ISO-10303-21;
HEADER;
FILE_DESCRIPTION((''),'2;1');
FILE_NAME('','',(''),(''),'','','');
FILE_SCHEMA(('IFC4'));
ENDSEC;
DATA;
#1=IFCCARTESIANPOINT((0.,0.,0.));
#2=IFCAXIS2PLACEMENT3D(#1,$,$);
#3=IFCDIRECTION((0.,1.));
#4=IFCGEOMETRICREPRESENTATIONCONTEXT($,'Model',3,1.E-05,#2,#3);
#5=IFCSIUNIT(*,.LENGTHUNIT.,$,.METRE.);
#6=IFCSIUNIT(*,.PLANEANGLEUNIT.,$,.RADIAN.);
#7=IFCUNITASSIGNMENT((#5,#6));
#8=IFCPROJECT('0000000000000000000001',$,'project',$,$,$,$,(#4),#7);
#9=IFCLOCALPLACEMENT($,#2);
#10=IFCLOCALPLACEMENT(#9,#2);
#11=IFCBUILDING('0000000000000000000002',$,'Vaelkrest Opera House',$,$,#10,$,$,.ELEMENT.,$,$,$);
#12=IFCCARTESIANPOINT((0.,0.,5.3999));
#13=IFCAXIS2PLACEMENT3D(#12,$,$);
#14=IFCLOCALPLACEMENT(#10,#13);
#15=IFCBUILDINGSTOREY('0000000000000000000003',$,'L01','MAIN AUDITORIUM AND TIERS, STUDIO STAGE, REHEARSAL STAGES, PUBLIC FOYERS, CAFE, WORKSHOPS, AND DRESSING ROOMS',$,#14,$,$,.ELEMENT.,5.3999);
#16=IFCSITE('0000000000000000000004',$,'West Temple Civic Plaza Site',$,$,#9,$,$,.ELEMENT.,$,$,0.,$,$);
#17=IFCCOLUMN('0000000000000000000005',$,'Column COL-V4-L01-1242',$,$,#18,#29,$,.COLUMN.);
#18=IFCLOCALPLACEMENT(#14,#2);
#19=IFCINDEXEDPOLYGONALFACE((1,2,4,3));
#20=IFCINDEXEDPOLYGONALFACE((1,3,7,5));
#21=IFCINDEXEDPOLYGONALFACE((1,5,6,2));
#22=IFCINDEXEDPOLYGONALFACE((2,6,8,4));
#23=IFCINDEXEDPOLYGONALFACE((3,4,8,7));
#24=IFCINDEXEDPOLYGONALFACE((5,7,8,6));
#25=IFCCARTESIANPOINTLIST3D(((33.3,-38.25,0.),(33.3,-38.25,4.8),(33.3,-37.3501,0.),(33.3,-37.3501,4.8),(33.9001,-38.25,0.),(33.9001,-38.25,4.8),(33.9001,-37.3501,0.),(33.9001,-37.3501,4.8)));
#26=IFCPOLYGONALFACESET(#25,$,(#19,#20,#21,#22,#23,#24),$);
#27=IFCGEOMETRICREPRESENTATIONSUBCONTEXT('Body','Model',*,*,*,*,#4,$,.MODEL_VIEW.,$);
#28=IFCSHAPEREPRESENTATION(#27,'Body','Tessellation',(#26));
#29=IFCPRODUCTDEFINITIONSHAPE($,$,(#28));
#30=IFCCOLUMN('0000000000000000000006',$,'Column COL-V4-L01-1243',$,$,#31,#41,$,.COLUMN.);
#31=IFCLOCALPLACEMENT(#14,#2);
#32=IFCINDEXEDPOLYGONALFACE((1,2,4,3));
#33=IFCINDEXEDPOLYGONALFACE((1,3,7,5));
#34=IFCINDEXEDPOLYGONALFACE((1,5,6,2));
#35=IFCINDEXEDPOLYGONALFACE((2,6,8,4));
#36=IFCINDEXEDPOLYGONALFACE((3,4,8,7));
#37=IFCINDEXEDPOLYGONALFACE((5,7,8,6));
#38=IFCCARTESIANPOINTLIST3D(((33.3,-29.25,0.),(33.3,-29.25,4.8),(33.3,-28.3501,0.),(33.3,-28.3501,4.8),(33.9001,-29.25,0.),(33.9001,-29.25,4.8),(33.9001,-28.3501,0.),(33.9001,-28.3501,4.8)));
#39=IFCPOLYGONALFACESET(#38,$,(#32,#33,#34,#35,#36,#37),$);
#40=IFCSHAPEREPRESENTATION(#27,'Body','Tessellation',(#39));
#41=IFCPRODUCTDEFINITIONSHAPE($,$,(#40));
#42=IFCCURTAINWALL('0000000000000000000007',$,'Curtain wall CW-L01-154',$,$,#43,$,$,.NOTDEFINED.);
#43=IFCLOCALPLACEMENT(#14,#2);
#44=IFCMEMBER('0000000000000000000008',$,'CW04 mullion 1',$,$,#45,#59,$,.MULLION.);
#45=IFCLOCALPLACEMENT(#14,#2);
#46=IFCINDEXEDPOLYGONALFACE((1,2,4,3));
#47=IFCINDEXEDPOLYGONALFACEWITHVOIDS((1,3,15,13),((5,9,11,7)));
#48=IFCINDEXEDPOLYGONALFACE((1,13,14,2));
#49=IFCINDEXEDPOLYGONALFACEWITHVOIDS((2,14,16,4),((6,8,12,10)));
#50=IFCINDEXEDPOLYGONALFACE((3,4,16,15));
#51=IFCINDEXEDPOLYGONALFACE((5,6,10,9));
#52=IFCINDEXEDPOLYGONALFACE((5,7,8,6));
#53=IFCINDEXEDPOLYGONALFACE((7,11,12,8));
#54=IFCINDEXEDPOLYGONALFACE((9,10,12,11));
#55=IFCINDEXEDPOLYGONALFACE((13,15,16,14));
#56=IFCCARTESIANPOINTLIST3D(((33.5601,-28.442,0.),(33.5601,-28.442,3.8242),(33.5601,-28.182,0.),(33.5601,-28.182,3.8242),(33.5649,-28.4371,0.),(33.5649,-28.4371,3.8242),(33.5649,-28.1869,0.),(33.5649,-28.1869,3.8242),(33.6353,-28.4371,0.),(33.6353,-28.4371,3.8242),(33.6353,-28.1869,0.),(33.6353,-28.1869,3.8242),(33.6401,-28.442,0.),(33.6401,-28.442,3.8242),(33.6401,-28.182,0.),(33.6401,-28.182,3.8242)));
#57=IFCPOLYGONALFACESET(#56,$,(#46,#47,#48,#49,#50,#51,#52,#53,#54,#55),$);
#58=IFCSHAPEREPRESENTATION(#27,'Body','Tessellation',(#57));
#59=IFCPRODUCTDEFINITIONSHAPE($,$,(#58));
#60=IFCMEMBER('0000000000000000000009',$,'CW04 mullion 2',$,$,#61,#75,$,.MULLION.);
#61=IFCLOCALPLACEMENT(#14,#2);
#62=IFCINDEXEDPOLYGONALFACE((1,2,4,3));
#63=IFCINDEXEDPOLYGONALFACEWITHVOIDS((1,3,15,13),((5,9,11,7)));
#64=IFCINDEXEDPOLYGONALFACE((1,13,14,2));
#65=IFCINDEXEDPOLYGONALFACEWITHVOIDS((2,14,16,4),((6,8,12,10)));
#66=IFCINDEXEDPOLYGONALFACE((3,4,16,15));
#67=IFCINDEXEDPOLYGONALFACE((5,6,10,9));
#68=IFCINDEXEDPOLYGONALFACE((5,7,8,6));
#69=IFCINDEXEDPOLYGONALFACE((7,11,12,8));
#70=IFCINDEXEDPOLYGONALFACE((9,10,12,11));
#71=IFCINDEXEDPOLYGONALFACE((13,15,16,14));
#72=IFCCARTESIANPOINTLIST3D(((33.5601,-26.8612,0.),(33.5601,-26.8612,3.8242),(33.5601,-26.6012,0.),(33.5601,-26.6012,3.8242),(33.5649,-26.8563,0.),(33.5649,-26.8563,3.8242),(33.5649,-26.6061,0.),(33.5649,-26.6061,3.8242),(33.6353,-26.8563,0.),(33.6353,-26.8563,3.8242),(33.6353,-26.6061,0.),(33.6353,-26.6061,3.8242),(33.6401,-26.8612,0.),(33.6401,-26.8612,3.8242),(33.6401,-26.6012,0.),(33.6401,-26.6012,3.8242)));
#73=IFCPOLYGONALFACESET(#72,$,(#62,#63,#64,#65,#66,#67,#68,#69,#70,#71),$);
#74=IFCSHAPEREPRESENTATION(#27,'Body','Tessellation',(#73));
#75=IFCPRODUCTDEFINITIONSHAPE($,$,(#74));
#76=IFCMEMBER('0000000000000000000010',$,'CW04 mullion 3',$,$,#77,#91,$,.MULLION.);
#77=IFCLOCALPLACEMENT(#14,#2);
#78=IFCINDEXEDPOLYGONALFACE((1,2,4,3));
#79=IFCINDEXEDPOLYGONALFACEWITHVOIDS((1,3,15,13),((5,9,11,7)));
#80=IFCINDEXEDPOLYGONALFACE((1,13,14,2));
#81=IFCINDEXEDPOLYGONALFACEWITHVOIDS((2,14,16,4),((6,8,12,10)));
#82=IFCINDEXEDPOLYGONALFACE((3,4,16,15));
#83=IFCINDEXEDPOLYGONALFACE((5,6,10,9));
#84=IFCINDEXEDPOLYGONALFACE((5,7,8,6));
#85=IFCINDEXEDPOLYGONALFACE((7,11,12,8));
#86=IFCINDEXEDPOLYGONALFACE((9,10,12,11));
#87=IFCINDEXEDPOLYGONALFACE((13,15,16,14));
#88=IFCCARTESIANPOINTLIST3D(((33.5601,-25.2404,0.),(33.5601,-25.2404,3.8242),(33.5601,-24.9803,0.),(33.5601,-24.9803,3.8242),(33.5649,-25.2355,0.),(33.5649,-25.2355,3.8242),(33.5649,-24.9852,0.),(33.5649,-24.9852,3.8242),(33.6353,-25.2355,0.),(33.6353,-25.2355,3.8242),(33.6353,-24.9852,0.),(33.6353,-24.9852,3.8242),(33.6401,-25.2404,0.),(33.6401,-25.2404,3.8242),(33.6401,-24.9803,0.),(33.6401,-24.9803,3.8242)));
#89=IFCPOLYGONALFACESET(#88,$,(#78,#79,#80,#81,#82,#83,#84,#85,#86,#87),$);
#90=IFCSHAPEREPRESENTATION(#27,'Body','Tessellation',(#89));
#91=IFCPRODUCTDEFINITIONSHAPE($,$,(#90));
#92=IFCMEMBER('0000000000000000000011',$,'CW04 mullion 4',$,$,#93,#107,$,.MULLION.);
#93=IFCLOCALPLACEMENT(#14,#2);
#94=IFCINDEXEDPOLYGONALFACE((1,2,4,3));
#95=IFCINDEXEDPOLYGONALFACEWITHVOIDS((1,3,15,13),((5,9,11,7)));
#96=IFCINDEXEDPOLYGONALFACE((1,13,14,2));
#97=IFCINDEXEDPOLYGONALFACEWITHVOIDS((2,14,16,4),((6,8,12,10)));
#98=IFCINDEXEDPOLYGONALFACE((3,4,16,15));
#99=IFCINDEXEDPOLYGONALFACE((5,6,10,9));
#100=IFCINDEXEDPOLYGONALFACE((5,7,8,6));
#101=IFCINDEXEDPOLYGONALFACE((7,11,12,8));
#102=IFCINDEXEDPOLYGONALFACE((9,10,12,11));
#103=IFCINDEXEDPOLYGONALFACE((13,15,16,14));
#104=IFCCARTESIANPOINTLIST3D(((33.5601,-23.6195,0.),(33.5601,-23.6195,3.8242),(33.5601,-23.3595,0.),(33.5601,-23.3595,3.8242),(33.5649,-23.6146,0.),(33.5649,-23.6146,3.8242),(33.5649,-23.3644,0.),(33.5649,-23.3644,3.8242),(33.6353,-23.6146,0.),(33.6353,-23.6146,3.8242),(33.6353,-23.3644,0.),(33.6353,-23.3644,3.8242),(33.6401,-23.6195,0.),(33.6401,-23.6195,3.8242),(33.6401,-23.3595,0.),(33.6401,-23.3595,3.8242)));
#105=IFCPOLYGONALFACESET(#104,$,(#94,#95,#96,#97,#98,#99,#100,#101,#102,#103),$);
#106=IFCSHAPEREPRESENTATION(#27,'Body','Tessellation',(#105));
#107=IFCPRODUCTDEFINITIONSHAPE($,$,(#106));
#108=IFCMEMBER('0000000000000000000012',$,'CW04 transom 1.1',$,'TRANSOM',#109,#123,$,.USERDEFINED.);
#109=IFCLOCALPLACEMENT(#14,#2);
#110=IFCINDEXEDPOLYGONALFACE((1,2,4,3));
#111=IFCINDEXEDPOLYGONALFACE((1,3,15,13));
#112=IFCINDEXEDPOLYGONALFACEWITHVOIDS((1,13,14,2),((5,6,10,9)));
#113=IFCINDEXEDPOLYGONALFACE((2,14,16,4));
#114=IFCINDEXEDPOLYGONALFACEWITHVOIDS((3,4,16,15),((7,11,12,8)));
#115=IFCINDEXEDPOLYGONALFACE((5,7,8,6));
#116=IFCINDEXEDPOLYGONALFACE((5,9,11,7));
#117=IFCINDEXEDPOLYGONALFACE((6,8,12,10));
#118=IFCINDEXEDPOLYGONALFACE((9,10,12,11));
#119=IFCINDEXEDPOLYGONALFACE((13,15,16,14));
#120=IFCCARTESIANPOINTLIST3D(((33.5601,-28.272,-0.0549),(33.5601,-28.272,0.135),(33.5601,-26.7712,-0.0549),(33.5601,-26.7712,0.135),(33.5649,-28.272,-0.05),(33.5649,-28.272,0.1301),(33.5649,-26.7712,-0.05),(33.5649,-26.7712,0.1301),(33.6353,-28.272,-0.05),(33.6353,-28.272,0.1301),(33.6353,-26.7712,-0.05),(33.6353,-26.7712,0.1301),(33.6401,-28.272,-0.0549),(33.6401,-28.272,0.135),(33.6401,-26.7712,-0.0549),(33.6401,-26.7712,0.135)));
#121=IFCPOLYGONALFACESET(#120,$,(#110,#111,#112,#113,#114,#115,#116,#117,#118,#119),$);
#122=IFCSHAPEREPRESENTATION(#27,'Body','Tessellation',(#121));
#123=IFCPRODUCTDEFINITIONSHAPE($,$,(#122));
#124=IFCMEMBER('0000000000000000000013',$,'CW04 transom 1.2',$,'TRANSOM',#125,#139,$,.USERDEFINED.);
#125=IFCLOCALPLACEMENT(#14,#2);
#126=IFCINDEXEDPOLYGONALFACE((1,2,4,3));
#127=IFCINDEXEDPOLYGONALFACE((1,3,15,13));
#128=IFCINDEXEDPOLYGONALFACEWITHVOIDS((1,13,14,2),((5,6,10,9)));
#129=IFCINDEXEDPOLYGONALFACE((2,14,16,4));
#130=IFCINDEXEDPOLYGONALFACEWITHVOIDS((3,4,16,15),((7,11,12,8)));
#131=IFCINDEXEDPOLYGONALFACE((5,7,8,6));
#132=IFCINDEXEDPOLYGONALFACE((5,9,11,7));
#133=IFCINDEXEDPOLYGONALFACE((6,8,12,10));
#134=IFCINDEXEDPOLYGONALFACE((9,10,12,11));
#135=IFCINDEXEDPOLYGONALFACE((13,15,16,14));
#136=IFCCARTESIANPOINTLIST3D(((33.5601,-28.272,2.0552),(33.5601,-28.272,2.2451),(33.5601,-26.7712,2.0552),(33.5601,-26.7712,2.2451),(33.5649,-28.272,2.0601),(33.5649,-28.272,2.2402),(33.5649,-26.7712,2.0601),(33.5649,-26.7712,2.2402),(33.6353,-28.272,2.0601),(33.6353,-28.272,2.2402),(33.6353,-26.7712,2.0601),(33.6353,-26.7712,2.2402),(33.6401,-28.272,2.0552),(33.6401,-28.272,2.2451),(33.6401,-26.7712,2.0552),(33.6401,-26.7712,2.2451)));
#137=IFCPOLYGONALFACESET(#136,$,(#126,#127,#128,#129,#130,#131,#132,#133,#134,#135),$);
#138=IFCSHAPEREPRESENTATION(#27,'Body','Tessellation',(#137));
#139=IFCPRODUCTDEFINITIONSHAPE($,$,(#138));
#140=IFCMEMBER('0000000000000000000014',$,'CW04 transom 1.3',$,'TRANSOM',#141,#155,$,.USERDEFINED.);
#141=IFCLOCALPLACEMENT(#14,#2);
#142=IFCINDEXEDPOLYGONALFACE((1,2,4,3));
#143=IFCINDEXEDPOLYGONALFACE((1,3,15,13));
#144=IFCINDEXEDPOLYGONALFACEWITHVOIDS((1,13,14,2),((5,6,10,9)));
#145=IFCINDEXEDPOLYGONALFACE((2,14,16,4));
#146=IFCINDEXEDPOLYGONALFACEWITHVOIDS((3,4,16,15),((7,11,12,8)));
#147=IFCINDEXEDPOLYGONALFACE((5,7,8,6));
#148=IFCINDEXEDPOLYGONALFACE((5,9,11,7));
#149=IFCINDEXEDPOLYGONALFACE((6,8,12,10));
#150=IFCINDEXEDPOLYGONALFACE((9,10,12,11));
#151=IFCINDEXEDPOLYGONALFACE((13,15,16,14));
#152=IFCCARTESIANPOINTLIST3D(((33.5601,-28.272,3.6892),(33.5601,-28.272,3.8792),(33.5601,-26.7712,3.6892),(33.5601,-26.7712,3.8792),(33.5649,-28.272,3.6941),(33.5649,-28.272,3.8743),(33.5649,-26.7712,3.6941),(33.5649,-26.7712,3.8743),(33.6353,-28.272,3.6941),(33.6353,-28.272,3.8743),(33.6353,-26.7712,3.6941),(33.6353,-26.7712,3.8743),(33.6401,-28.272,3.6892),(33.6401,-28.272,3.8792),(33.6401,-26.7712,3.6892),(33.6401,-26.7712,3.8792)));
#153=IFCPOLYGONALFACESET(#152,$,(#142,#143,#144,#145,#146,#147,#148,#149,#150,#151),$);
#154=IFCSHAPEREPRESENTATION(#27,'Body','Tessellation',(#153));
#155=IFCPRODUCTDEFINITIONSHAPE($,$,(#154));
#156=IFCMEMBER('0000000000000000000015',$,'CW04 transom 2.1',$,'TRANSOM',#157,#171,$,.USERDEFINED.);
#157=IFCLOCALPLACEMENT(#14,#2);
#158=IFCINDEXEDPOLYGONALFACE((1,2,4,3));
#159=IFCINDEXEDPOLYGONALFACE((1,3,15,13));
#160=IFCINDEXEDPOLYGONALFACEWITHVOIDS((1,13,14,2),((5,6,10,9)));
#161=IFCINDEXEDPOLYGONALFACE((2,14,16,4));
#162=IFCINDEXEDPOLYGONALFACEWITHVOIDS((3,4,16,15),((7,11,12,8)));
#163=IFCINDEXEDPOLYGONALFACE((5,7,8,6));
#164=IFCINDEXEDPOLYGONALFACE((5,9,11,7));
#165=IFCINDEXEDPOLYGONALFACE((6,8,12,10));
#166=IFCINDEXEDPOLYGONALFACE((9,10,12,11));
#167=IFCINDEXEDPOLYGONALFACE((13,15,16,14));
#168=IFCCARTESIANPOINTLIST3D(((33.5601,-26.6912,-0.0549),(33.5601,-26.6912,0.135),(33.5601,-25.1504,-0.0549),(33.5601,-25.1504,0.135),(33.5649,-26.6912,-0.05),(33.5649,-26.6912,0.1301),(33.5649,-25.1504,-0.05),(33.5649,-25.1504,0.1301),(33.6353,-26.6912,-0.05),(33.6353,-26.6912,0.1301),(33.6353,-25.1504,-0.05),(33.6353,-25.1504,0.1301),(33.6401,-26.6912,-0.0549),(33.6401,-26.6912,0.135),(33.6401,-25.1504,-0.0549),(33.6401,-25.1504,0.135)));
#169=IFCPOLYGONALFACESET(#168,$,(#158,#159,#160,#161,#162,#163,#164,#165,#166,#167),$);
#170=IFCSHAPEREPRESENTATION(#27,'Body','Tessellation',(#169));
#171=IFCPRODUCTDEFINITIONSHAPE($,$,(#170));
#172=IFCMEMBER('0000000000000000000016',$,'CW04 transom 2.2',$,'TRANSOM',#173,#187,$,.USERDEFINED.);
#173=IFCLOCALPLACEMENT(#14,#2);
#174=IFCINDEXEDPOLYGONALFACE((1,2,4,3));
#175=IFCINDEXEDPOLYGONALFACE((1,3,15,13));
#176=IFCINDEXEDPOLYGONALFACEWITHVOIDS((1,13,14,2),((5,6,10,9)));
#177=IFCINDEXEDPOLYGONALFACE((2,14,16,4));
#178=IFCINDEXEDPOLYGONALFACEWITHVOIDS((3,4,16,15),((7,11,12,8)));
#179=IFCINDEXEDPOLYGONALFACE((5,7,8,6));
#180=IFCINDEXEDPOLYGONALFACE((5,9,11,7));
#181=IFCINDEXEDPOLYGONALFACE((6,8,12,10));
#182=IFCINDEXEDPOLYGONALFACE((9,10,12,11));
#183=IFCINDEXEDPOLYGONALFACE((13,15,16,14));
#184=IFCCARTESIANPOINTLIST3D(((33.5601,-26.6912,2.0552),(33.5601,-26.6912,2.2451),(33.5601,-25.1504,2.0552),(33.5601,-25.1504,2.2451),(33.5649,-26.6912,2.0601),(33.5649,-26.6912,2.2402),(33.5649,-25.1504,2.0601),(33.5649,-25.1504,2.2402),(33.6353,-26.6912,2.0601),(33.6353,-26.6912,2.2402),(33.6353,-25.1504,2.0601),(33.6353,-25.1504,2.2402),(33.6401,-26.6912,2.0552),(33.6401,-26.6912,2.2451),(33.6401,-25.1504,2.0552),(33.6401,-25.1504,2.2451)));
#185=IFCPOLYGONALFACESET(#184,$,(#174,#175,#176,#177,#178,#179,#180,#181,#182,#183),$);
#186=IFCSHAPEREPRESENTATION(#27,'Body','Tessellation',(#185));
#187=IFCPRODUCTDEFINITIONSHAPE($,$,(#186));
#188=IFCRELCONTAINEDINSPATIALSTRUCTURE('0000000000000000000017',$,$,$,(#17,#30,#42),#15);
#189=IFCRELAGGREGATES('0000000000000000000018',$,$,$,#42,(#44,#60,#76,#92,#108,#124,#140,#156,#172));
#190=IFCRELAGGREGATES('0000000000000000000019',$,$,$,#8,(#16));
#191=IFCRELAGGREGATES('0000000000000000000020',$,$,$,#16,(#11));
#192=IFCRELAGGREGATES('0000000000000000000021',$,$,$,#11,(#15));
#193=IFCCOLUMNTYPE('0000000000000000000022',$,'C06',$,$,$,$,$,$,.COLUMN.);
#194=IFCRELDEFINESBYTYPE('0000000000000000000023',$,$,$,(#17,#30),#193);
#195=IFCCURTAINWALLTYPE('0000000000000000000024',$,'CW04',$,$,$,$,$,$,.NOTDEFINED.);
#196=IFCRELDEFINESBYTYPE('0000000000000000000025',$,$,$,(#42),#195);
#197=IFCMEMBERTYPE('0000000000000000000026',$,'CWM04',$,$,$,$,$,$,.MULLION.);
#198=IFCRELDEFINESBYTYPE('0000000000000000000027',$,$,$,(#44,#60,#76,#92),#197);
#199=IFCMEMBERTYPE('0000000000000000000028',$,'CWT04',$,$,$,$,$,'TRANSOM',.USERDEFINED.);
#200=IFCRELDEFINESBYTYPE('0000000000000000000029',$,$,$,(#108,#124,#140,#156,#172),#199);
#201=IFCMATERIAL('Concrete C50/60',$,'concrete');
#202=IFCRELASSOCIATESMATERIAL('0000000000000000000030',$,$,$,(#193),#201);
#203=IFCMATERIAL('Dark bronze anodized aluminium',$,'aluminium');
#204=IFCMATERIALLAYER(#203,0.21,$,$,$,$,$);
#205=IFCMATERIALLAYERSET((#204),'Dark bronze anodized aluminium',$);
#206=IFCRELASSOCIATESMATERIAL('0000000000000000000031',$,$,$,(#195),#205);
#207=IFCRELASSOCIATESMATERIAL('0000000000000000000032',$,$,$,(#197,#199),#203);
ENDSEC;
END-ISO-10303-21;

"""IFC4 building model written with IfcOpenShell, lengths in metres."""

from ifc_helpers import new_model, si_unit, direction, frame, origin, origin_2d, place, context, subcontext, project, spatial, rectangle, hollow_rectangle, extrude, material, layer, layer_set, material_profile, profile_set, type_object, element, aggregate, save


model = new_model("IFC4")

# Units and contexts
model_context = context("Model", 3, precision=1e-05, world=origin(), true_north=direction((0.0, 1.0)))
body_context = subcontext(model_context, "Body", "Model", "MODEL_VIEW")
ifc_project = project(units=[si_unit("LENGTHUNIT", "METRE"), si_unit("PLANEANGLEUNIT", "RADIAN")], contexts=[model_context])

# Site, building, storey
site_placement = place(None, origin())
site = spatial("IfcSite", under=ifc_project, at=site_placement, Name="West Temple Civic Plaza Site", CompositionType="ELEMENT", RefElevation=0.0)
building_placement = place(site_placement, origin())
building = spatial("IfcBuilding", under=site, at=building_placement, Name="Vaelkrest Opera House", CompositionType="ELEMENT")
storey_placement = place(building_placement, frame((0.0, 0.0, 5.3999)))
storey = spatial("IfcBuildingStorey", under=building, at=storey_placement, Name="L01", Description="MAIN AUDITORIUM AND TIERS, STUDIO STAGE, REHEARSAL STAGES, PUBLIC FOYERS, CAFE, WORKSHOPS, AND DRESSING ROOMS", CompositionType="ELEMENT", Elevation=5.3999)

# Columns
ifc_material_1 = material(Name="Concrete C50/60", Category="concrete")
ifc_material_profile_1 = material_profile(ifc_material_1, rectangle(XDim=0.6001, YDim=0.8999, at=origin_2d()), Name="RC600X900")
ifc_profile_set_1 = profile_set([ifc_material_profile_1], Name="Concrete C50/60")
column_type = type_object("IfcColumnType", Name="C06", PredefinedType="COLUMN", material=ifc_profile_set_1)
for number, where, z_axis, x_axis, name in (
    (1, (33.6001, -37.8, 0.0), (0.0, 0.0, 1.0), (1.0, 0.0, 0.0), "Column COL-V4-L01-1242"),
    (2, (33.6001, -28.8, 0.0), (0.0, 0.0, 1.0), (1.0, 0.0, 0.0), "Column COL-V4-L01-1243"),
):
    element("IfcColumn", number, at=place(storey_placement, frame(where, z_axis=z_axis, x_axis=x_axis)), inside=storey, type_object=column_type, Name=name, PredefinedType="COLUMN", context=body_context, shape_type="SweptSolid", body=[
        extrude(rectangle(XDim=0.6001, YDim=0.8999, at=origin_2d()), origin(), (0.0, 0.0, 1.0), 4.8),
    ])

# Curtain wall, members
ifc_material_2 = material(Name="Dark bronze anodized aluminium", Category="aluminium")
ifc_layer_1 = layer(ifc_material_2, 0.21)
ifc_layer_set_1 = layer_set([ifc_layer_1], Name="Dark bronze anodized aluminium")
curtain_wall_type = type_object("IfcCurtainWallType", Name="CW04", PredefinedType="NOTDEFINED", material=ifc_layer_set_1)
curtain_wall_placement = place(storey_placement, origin())
curtain_wall = element("IfcCurtainWall", 3, at=curtain_wall_placement, inside=storey, type_object=curtain_wall_type, Name="Curtain wall CW-L01-154", PredefinedType="NOTDEFINED")
ifc_material_profile_2 = material_profile(ifc_material_2, hollow_rectangle(XDim=0.0801, YDim=0.26, WallThickness=0.0049, at=origin_2d()), Name="CWM80X260")
ifc_profile_set_2 = profile_set([ifc_material_profile_2], Name="Dark bronze anodized aluminium")
member_type_1 = type_object("IfcMemberType", Name="CWM04", PredefinedType="MULLION", material=ifc_profile_set_2)
member_1_placement = place(storey_placement, frame((33.6001, -28.312, 0.0), z_axis=(0.0, 0.0, 1.0), x_axis=(-1.0, 0.0, 0.0)))
member_1 = element("IfcMember", 4, at=member_1_placement, type_object=member_type_1, Name="CW04 mullion 1", PredefinedType="MULLION", context=body_context, shape_type="SweptSolid", body=[
    extrude(hollow_rectangle(XDim=0.0801, YDim=0.26, WallThickness=0.0049, at=origin_2d()), origin(), (0.0, 0.0, 1.0), 3.8242),
])
member_2_placement = place(storey_placement, frame((33.6001, -26.7312, 0.0), z_axis=(0.0, 0.0, 1.0), x_axis=(-1.0, 0.0, 0.0)))
member_2 = element("IfcMember", 5, at=member_2_placement, type_object=member_type_1, Name="CW04 mullion 2", PredefinedType="MULLION", context=body_context, shape_type="SweptSolid", body=[
    extrude(hollow_rectangle(XDim=0.0801, YDim=0.26, WallThickness=0.0049, at=origin_2d()), origin(), (0.0, 0.0, 1.0), 3.8242),
])
member_3_placement = place(storey_placement, frame((33.6001, -25.1104, 0.0), z_axis=(0.0, 0.0, 1.0), x_axis=(-1.0, 0.0, 0.0)))
member_3 = element("IfcMember", 6, at=member_3_placement, type_object=member_type_1, Name="CW04 mullion 3", PredefinedType="MULLION", context=body_context, shape_type="SweptSolid", body=[
    extrude(hollow_rectangle(XDim=0.0801, YDim=0.26, WallThickness=0.0049, at=origin_2d()), origin(), (0.0, 0.0, 1.0), 3.8242),
])
member_4_placement = place(storey_placement, frame((33.6001, -23.4895, 0.0), z_axis=(0.0, 0.0, 1.0), x_axis=(-1.0, 0.0, 0.0)))
member_4 = element("IfcMember", 7, at=member_4_placement, type_object=member_type_1, Name="CW04 mullion 4", PredefinedType="MULLION", context=body_context, shape_type="SweptSolid", body=[
    extrude(hollow_rectangle(XDim=0.0801, YDim=0.26, WallThickness=0.0049, at=origin_2d()), origin(), (0.0, 0.0, 1.0), 3.8242),
])
ifc_material_profile_3 = material_profile(ifc_material_2, hollow_rectangle(XDim=0.0801, YDim=0.1899, WallThickness=0.0049, at=origin_2d()), Name="CWT80X190")
ifc_profile_set_3 = profile_set([ifc_material_profile_3], Name="Dark bronze anodized aluminium")
member_type_2 = type_object("IfcMemberType", Name="CWT04", ElementType="TRANSOM", PredefinedType="USERDEFINED", material=ifc_profile_set_3)
member_5_placement = place(storey_placement, frame((33.6001, -28.272, 0.04), z_axis=(0.0, 1.0, 0.0), x_axis=(-1.0, 0.0, 0.0)))
member_5 = element("IfcMember", 8, at=member_5_placement, type_object=member_type_2, Name="CW04 transom 1.1", ObjectType="TRANSOM", PredefinedType="USERDEFINED", context=body_context, shape_type="SweptSolid", body=[
    extrude(hollow_rectangle(XDim=0.0801, YDim=0.1899, WallThickness=0.0049, at=origin_2d()), origin(), (0.0, 0.0, 1.0), 1.5007),
])
member_6_placement = place(storey_placement, frame((33.6001, -28.272, 2.1501), z_axis=(0.0, 1.0, 0.0), x_axis=(-1.0, 0.0, 0.0)))
member_6 = element("IfcMember", 9, at=member_6_placement, type_object=member_type_2, Name="CW04 transom 1.2", ObjectType="TRANSOM", PredefinedType="USERDEFINED", context=body_context, shape_type="SweptSolid", body=[
    extrude(hollow_rectangle(XDim=0.0801, YDim=0.1899, WallThickness=0.0049, at=origin_2d()), origin(), (0.0, 0.0, 1.0), 1.5007),
])
member_7_placement = place(storey_placement, frame((33.6001, -28.272, 3.7842), z_axis=(0.0, 1.0, 0.0), x_axis=(-1.0, 0.0, 0.0)))
member_7 = element("IfcMember", 10, at=member_7_placement, type_object=member_type_2, Name="CW04 transom 1.3", ObjectType="TRANSOM", PredefinedType="USERDEFINED", context=body_context, shape_type="SweptSolid", body=[
    extrude(hollow_rectangle(XDim=0.0801, YDim=0.1899, WallThickness=0.0049, at=origin_2d()), origin(), (0.0, 0.0, 1.0), 1.5007),
])
member_8_placement = place(storey_placement, frame((33.6001, -26.6912, 0.04), z_axis=(0.0, 1.0, 0.0), x_axis=(-1.0, 0.0, 0.0)))
member_8 = element("IfcMember", 11, at=member_8_placement, type_object=member_type_2, Name="CW04 transom 2.1", ObjectType="TRANSOM", PredefinedType="USERDEFINED", context=body_context, shape_type="SweptSolid", body=[
    extrude(hollow_rectangle(XDim=0.0801, YDim=0.1899, WallThickness=0.0049, at=origin_2d()), origin(), (0.0, 0.0, 1.0), 1.5408),
])
member_9_placement = place(storey_placement, frame((33.6001, -26.6912, 2.1501), z_axis=(0.0, 1.0, 0.0), x_axis=(-1.0, 0.0, 0.0)))
member_9 = element("IfcMember", 12, at=member_9_placement, type_object=member_type_2, Name="CW04 transom 2.2", ObjectType="TRANSOM", PredefinedType="USERDEFINED", context=body_context, shape_type="SweptSolid", body=[
    extrude(hollow_rectangle(XDim=0.0801, YDim=0.1899, WallThickness=0.0049, at=origin_2d()), origin(), (0.0, 0.0, 1.0), 1.5408),
])

aggregate(curtain_wall, [member_1, member_2, member_3, member_4, member_5, member_6, member_7, member_8, member_9])

save(model, "model.ifc")
